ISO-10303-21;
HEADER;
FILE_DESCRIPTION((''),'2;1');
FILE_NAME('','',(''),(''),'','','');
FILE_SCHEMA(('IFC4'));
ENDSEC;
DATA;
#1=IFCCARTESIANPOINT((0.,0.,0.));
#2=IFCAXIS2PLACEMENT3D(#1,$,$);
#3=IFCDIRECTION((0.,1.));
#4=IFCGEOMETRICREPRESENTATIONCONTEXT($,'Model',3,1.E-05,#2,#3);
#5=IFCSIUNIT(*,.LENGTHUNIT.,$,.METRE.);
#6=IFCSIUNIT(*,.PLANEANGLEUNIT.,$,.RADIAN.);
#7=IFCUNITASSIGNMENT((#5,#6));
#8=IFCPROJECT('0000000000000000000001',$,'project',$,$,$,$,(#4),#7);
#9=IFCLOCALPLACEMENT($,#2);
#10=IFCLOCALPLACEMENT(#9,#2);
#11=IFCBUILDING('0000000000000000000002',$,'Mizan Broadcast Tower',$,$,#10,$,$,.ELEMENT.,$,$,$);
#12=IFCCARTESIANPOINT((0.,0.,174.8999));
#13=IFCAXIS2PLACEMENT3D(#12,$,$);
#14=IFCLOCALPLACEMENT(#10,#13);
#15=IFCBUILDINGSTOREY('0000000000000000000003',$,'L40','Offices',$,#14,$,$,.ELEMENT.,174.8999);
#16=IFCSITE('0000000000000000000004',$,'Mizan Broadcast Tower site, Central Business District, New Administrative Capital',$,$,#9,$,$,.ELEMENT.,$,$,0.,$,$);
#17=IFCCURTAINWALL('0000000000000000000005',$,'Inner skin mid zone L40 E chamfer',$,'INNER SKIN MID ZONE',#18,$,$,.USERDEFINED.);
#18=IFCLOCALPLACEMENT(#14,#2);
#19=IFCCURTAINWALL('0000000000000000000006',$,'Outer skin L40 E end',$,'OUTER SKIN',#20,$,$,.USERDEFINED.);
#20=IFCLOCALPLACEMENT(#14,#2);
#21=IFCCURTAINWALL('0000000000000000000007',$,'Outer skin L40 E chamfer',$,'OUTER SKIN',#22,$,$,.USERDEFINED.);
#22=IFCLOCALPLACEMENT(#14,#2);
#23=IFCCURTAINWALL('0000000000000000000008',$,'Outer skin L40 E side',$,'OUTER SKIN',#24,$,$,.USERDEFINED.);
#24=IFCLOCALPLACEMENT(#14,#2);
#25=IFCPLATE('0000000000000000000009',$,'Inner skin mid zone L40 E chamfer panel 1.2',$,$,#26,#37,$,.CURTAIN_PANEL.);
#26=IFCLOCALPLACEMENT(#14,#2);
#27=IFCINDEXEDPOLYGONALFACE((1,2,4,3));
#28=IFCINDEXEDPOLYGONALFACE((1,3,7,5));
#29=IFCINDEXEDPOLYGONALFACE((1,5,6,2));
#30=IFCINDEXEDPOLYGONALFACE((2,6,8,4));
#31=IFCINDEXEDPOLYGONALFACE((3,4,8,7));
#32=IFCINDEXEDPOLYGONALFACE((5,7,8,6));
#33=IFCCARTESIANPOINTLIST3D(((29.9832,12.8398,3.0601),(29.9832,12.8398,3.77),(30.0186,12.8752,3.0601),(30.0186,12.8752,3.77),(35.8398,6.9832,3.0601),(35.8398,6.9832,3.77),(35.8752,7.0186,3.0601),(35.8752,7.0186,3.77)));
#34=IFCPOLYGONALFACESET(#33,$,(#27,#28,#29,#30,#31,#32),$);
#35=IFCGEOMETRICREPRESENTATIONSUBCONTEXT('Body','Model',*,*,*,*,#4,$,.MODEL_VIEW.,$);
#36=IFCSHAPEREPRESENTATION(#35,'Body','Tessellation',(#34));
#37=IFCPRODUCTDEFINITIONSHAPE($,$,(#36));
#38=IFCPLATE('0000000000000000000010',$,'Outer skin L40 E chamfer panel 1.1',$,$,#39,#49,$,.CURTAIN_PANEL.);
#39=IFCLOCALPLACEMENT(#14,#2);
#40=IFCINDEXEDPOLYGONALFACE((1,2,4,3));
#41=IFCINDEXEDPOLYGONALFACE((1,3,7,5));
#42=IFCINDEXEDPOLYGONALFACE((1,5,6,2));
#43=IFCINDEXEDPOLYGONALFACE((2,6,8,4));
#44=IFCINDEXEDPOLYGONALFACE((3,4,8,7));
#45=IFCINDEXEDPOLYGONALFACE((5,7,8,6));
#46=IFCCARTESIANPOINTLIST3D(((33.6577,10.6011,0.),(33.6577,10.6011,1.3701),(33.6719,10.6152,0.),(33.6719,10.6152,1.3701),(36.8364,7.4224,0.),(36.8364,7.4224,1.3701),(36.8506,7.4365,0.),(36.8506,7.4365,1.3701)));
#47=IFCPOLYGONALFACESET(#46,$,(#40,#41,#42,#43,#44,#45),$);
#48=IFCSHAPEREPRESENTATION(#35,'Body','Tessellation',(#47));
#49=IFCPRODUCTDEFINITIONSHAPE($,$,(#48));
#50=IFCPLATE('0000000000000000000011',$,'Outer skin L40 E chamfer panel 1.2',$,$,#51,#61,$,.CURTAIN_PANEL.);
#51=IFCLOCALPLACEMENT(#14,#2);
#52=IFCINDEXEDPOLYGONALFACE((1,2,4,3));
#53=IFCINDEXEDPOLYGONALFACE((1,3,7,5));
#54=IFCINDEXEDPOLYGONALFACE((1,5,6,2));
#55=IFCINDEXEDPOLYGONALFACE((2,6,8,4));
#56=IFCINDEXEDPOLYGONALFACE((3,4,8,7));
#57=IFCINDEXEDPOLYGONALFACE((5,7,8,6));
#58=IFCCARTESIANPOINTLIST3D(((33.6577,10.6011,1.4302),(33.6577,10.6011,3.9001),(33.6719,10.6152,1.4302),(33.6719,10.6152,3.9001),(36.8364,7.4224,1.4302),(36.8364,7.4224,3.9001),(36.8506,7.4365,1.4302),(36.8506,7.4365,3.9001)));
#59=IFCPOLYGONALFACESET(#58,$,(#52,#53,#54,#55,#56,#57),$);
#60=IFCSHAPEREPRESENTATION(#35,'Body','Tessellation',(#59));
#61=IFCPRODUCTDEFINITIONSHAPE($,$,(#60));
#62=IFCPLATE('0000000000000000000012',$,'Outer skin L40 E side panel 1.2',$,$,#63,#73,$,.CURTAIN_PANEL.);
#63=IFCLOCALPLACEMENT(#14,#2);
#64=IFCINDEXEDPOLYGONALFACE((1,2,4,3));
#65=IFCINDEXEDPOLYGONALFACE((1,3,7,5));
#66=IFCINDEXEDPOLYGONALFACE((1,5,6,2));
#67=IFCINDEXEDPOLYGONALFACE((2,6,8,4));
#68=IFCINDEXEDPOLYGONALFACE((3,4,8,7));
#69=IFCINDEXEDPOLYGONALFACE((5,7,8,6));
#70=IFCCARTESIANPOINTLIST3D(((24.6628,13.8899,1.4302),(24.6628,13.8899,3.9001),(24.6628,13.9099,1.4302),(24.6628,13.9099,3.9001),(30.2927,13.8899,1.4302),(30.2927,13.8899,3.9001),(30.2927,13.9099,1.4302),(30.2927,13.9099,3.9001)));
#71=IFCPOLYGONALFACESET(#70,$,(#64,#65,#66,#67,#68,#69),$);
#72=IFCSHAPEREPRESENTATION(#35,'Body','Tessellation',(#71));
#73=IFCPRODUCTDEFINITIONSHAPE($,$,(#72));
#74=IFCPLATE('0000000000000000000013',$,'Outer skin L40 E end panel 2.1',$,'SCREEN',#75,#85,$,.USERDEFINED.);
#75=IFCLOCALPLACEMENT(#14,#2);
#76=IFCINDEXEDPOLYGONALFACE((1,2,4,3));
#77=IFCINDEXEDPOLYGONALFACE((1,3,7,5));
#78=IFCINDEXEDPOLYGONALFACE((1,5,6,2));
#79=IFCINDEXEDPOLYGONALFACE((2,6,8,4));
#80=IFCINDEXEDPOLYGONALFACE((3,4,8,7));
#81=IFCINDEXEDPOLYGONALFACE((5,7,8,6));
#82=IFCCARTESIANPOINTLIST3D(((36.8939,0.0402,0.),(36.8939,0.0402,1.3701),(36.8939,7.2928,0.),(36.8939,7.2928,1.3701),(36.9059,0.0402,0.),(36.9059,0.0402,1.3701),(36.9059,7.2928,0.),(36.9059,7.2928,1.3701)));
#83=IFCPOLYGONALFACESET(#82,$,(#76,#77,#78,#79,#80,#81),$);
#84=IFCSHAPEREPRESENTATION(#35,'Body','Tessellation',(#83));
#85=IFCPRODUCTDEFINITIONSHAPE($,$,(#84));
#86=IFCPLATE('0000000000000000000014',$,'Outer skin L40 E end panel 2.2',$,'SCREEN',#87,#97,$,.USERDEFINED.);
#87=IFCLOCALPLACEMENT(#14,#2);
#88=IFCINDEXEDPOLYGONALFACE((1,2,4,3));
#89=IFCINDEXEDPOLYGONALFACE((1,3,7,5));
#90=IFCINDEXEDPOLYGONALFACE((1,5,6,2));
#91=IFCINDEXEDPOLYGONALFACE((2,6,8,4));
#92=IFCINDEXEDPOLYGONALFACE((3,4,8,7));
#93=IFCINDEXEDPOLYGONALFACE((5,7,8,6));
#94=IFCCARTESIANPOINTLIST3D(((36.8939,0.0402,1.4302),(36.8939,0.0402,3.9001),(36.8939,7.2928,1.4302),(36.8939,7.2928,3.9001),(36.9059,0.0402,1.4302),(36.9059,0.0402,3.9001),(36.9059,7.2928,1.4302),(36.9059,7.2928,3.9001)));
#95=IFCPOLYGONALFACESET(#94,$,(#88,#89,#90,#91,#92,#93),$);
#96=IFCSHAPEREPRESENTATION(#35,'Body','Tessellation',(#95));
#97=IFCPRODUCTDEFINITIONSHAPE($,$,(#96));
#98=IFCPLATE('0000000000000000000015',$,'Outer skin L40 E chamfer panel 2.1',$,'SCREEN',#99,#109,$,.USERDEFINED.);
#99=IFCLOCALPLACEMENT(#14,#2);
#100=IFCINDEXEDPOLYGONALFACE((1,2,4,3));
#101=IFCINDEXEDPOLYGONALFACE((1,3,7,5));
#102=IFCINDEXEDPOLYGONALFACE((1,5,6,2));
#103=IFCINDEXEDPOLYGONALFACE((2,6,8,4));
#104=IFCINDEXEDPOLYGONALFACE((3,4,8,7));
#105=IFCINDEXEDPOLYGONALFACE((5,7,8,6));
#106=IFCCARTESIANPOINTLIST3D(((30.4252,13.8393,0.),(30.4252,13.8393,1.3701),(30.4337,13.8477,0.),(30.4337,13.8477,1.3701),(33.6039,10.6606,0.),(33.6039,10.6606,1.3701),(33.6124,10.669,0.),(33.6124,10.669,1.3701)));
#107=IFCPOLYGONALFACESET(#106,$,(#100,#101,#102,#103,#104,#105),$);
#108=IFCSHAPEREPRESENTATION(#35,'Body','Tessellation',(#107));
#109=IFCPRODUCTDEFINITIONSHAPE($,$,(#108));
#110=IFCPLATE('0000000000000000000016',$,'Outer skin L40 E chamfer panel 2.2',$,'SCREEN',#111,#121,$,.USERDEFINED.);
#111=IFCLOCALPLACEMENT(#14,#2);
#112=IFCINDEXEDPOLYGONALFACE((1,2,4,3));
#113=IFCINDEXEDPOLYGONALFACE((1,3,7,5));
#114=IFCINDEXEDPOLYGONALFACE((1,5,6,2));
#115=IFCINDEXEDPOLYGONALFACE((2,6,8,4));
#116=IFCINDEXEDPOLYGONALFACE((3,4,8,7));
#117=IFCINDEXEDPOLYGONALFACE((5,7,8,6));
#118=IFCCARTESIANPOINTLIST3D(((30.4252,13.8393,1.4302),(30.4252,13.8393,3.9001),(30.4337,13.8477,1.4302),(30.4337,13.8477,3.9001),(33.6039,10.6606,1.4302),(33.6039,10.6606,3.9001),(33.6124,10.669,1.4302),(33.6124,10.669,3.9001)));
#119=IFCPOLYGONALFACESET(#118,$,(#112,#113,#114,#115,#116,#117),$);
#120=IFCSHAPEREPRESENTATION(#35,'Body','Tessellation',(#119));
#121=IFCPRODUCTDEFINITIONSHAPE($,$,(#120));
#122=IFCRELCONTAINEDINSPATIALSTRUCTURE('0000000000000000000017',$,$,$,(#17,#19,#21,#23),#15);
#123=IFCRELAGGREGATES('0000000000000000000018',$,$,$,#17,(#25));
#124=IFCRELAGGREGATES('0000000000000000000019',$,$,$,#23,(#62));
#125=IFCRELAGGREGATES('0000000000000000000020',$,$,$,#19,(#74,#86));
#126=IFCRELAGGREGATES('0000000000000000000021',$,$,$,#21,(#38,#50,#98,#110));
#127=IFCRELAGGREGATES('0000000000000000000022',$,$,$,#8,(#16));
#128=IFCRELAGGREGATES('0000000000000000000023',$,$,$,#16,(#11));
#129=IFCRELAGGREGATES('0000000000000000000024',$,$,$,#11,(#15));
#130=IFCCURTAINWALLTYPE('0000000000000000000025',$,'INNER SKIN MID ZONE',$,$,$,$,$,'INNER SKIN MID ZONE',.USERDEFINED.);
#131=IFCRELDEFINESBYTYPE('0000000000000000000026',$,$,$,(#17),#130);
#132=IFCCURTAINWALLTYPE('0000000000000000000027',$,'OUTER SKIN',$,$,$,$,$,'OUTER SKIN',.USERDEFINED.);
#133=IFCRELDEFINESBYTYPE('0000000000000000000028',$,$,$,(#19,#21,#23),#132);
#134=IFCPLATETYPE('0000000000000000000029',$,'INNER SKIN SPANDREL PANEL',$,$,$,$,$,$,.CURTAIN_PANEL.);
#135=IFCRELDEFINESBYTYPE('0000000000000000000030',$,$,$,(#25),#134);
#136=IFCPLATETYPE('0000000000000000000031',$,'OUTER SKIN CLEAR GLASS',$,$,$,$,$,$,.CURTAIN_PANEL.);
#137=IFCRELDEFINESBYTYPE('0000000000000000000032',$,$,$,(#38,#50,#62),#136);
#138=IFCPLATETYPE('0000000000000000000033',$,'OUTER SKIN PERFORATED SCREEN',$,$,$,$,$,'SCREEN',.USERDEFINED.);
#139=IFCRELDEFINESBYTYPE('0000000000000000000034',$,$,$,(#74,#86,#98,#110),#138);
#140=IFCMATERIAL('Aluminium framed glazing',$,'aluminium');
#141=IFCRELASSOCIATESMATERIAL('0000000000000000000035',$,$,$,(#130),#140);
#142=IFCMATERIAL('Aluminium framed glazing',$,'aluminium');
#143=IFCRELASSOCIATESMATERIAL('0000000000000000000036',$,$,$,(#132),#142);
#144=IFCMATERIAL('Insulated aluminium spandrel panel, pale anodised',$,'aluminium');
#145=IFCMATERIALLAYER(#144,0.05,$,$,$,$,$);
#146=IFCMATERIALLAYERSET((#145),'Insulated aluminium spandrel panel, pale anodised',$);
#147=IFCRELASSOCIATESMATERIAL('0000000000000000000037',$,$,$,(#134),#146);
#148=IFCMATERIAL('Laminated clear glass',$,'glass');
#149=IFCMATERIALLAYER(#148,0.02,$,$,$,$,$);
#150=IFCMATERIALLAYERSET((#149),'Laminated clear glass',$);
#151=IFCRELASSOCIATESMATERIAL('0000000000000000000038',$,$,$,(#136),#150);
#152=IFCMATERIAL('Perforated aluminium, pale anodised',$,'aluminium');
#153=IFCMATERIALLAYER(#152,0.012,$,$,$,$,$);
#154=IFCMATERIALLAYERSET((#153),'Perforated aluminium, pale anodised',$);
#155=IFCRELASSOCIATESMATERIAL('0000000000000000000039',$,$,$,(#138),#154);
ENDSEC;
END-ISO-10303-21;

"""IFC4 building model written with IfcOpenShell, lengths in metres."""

from ifc_helpers import new_model, si_unit, direction, frame, origin, origin_2d, place, context, subcontext, project, spatial, rectangle, extrude, material, layer, layer_set, type_object, element, aggregate, save


model = new_model("IFC4")

# Units and contexts
model_context = context("Model", 3, precision=1e-05, world=origin(), true_north=direction((0.0, 1.0)))
body_context = subcontext(model_context, "Body", "Model", "MODEL_VIEW")
ifc_project = project(units=[si_unit("LENGTHUNIT", "METRE"), si_unit("PLANEANGLEUNIT", "RADIAN")], contexts=[model_context])

# Site, building, storey
site_placement = place(None, origin())
site = spatial("IfcSite", under=ifc_project, at=site_placement, Name="Mizan Broadcast Tower site, Central Business District, New Administrative Capital", CompositionType="ELEMENT", RefElevation=0.0)
building_placement = place(site_placement, origin())
building = spatial("IfcBuilding", under=site, at=building_placement, Name="Mizan Broadcast Tower", CompositionType="ELEMENT")
storey_placement = place(building_placement, frame((0.0, 0.0, 174.8999)))
storey = spatial("IfcBuildingStorey", under=building, at=storey_placement, Name="L40", Description="Offices", CompositionType="ELEMENT", Elevation=174.8999)

# Shared definitions
ifc_material_1 = material(Name="Aluminium framed glazing", Category="aluminium")
curtain_wall_type_1 = type_object("IfcCurtainWallType", Name="INNER SKIN MID ZONE", ElementType="INNER SKIN MID ZONE", PredefinedType="USERDEFINED", material=ifc_material_1)

# Curtain wall
curtain_wall_1_placement = place(storey_placement, origin())
curtain_wall_1 = element("IfcCurtainWall", 1, at=curtain_wall_1_placement, inside=storey, type_object=curtain_wall_type_1, Name="Inner skin mid zone L40 E chamfer", ObjectType="INNER SKIN MID ZONE", PredefinedType="USERDEFINED")

# Curtain walls
ifc_material_2 = material(Name="Aluminium framed glazing", Category="aluminium")
curtain_wall_type_2 = type_object("IfcCurtainWallType", Name="OUTER SKIN", ElementType="OUTER SKIN", PredefinedType="USERDEFINED", material=ifc_material_2)
curtain_wall_2_placement = place(storey_placement, origin())
curtain_wall_2 = element("IfcCurtainWall", 2, at=curtain_wall_2_placement, inside=storey, type_object=curtain_wall_type_2, Name="Outer skin L40 E end", ObjectType="OUTER SKIN", PredefinedType="USERDEFINED")
curtain_wall_3_placement = place(storey_placement, origin())
curtain_wall_3 = element("IfcCurtainWall", 3, at=curtain_wall_3_placement, inside=storey, type_object=curtain_wall_type_2, Name="Outer skin L40 E chamfer", ObjectType="OUTER SKIN", PredefinedType="USERDEFINED")

# Curtain wall
curtain_wall_4_placement = place(storey_placement, origin())
curtain_wall_4 = element("IfcCurtainWall", 4, at=curtain_wall_4_placement, inside=storey, type_object=curtain_wall_type_2, Name="Outer skin L40 E side", ObjectType="OUTER SKIN", PredefinedType="USERDEFINED")

# Plates
ifc_material_3 = material(Name="Insulated aluminium spandrel panel, pale anodised", Category="aluminium")
ifc_layer_1 = layer(ifc_material_3, 0.05)
ifc_layer_set_1 = layer_set([ifc_layer_1], Name="Insulated aluminium spandrel panel, pale anodised")
plate_type_1 = type_object("IfcPlateType", Name="INNER SKIN SPANDREL PANEL", PredefinedType="CURTAIN_PANEL", material=ifc_layer_set_1)
plate_1_placement = place(storey_placement, frame((32.9292, 9.9292, 3.0601), z_axis=(0.0, 0.0, 1.0), x_axis=(-0.707107, 0.707107, 0.0)))
plate_1 = element("IfcPlate", 5, at=plate_1_placement, type_object=plate_type_1, Name="Inner skin mid zone L40 E chamfer panel 1.2", PredefinedType="CURTAIN_PANEL", context=body_context, shape_type="SweptSolid", body=[
    extrude(rectangle(XDim=8.2825, YDim=0.05, at=origin_2d()), origin(), (0.0, 0.0, 1.0), 0.71),
])
aggregate(curtain_wall_1, [plate_1])
ifc_material_4 = material(Name="Laminated clear glass", Category="glass")
ifc_layer_2 = layer(ifc_material_4, 0.02)
ifc_layer_set_2 = layer_set([ifc_layer_2], Name="Laminated clear glass")
plate_type_2 = type_object("IfcPlateType", Name="OUTER SKIN CLEAR GLASS", PredefinedType="CURTAIN_PANEL", material=ifc_layer_set_2)
plate_2_placement = place(storey_placement, frame((35.2542, 9.0188, 0.0), z_axis=(0.0, 0.0, 1.0), x_axis=(-0.707107, 0.707107, 0.0)))
plate_2 = element("IfcPlate", 6, at=plate_2_placement, type_object=plate_type_2, Name="Outer skin L40 E chamfer panel 1.1", PredefinedType="CURTAIN_PANEL", context=body_context, shape_type="SweptSolid", body=[
    extrude(rectangle(XDim=4.4954, YDim=0.02, at=origin_2d()), origin(), (0.0, 0.0, 1.0), 1.3701),
])
plate_3_placement = place(storey_placement, frame((35.2542, 9.0188, 1.4302), z_axis=(0.0, 0.0, 1.0), x_axis=(-0.707107, 0.707107, 0.0)))
plate_3 = element("IfcPlate", 7, at=plate_3_placement, type_object=plate_type_2, Name="Outer skin L40 E chamfer panel 1.2", PredefinedType="CURTAIN_PANEL", context=body_context, shape_type="SweptSolid", body=[
    extrude(rectangle(XDim=4.4954, YDim=0.02, at=origin_2d()), origin(), (0.0, 0.0, 1.0), 2.47),
])
plate_4_placement = place(storey_placement, frame((27.4778, 13.8999, 1.4302), z_axis=(0.0, 0.0, 1.0), x_axis=(-1.0, 0.0, 0.0)))
plate_4 = element("IfcPlate", 8, at=plate_4_placement, type_object=plate_type_2, Name="Outer skin L40 E side panel 1.2", PredefinedType="CURTAIN_PANEL", context=body_context, shape_type="SweptSolid", body=[
    extrude(rectangle(XDim=5.6299, YDim=0.02, at=origin_2d()), origin(), (0.0, 0.0, 1.0), 2.47),
])
aggregate(curtain_wall_4, [plate_4])
ifc_material_5 = material(Name="Perforated aluminium, pale anodised", Category="aluminium")
ifc_layer_3 = layer(ifc_material_5, 0.012)
ifc_layer_set_3 = layer_set([ifc_layer_3], Name="Perforated aluminium, pale anodised")
plate_type_3 = type_object("IfcPlateType", Name="OUTER SKIN PERFORATED SCREEN", ElementType="SCREEN", PredefinedType="USERDEFINED", material=ifc_layer_set_3)
plate_5_placement = place(storey_placement, frame((36.8999, 3.6665, 0.0), z_axis=(0.0, 0.0, 1.0), x_axis=(0.0, 1.0, 0.0)))
plate_5 = element("IfcPlate", 9, at=plate_5_placement, type_object=plate_type_3, Name="Outer skin L40 E end panel 2.1", ObjectType="SCREEN", PredefinedType="USERDEFINED", context=body_context, shape_type="SweptSolid", body=[
    extrude(rectangle(XDim=7.2527, YDim=0.012, at=origin_2d()), origin(), (0.0, 0.0, 1.0), 1.3701),
])
plate_6_placement = place(storey_placement, frame((36.8999, 3.6665, 1.4302), z_axis=(0.0, 0.0, 1.0), x_axis=(0.0, 1.0, 0.0)))
plate_6 = element("IfcPlate", 10, at=plate_6_placement, type_object=plate_type_3, Name="Outer skin L40 E end panel 2.2", ObjectType="SCREEN", PredefinedType="USERDEFINED", context=body_context, shape_type="SweptSolid", body=[
    extrude(rectangle(XDim=7.2527, YDim=0.012, at=origin_2d()), origin(), (0.0, 0.0, 1.0), 2.47),
])
aggregate(curtain_wall_2, [plate_5, plate_6])
plate_7_placement = place(storey_placement, frame((32.0188, 12.2542, 0.0), z_axis=(0.0, 0.0, 1.0), x_axis=(-0.707107, 0.707107, 0.0)))
plate_7 = element("IfcPlate", 11, at=plate_7_placement, type_object=plate_type_3, Name="Outer skin L40 E chamfer panel 2.1", ObjectType="SCREEN", PredefinedType="USERDEFINED", context=body_context, shape_type="SweptSolid", body=[
    extrude(rectangle(XDim=4.4954, YDim=0.012, at=origin_2d()), origin(), (0.0, 0.0, 1.0), 1.3701),
])
plate_8_placement = place(storey_placement, frame((32.0188, 12.2542, 1.4302), z_axis=(0.0, 0.0, 1.0), x_axis=(-0.707107, 0.707107, 0.0)))
plate_8 = element("IfcPlate", 12, at=plate_8_placement, type_object=plate_type_3, Name="Outer skin L40 E chamfer panel 2.2", ObjectType="SCREEN", PredefinedType="USERDEFINED", context=body_context, shape_type="SweptSolid", body=[
    extrude(rectangle(XDim=4.4954, YDim=0.012, at=origin_2d()), origin(), (0.0, 0.0, 1.0), 2.47),
])
aggregate(curtain_wall_3, [plate_2, plate_3, plate_7, plate_8])

save(model, "model.ifc")
